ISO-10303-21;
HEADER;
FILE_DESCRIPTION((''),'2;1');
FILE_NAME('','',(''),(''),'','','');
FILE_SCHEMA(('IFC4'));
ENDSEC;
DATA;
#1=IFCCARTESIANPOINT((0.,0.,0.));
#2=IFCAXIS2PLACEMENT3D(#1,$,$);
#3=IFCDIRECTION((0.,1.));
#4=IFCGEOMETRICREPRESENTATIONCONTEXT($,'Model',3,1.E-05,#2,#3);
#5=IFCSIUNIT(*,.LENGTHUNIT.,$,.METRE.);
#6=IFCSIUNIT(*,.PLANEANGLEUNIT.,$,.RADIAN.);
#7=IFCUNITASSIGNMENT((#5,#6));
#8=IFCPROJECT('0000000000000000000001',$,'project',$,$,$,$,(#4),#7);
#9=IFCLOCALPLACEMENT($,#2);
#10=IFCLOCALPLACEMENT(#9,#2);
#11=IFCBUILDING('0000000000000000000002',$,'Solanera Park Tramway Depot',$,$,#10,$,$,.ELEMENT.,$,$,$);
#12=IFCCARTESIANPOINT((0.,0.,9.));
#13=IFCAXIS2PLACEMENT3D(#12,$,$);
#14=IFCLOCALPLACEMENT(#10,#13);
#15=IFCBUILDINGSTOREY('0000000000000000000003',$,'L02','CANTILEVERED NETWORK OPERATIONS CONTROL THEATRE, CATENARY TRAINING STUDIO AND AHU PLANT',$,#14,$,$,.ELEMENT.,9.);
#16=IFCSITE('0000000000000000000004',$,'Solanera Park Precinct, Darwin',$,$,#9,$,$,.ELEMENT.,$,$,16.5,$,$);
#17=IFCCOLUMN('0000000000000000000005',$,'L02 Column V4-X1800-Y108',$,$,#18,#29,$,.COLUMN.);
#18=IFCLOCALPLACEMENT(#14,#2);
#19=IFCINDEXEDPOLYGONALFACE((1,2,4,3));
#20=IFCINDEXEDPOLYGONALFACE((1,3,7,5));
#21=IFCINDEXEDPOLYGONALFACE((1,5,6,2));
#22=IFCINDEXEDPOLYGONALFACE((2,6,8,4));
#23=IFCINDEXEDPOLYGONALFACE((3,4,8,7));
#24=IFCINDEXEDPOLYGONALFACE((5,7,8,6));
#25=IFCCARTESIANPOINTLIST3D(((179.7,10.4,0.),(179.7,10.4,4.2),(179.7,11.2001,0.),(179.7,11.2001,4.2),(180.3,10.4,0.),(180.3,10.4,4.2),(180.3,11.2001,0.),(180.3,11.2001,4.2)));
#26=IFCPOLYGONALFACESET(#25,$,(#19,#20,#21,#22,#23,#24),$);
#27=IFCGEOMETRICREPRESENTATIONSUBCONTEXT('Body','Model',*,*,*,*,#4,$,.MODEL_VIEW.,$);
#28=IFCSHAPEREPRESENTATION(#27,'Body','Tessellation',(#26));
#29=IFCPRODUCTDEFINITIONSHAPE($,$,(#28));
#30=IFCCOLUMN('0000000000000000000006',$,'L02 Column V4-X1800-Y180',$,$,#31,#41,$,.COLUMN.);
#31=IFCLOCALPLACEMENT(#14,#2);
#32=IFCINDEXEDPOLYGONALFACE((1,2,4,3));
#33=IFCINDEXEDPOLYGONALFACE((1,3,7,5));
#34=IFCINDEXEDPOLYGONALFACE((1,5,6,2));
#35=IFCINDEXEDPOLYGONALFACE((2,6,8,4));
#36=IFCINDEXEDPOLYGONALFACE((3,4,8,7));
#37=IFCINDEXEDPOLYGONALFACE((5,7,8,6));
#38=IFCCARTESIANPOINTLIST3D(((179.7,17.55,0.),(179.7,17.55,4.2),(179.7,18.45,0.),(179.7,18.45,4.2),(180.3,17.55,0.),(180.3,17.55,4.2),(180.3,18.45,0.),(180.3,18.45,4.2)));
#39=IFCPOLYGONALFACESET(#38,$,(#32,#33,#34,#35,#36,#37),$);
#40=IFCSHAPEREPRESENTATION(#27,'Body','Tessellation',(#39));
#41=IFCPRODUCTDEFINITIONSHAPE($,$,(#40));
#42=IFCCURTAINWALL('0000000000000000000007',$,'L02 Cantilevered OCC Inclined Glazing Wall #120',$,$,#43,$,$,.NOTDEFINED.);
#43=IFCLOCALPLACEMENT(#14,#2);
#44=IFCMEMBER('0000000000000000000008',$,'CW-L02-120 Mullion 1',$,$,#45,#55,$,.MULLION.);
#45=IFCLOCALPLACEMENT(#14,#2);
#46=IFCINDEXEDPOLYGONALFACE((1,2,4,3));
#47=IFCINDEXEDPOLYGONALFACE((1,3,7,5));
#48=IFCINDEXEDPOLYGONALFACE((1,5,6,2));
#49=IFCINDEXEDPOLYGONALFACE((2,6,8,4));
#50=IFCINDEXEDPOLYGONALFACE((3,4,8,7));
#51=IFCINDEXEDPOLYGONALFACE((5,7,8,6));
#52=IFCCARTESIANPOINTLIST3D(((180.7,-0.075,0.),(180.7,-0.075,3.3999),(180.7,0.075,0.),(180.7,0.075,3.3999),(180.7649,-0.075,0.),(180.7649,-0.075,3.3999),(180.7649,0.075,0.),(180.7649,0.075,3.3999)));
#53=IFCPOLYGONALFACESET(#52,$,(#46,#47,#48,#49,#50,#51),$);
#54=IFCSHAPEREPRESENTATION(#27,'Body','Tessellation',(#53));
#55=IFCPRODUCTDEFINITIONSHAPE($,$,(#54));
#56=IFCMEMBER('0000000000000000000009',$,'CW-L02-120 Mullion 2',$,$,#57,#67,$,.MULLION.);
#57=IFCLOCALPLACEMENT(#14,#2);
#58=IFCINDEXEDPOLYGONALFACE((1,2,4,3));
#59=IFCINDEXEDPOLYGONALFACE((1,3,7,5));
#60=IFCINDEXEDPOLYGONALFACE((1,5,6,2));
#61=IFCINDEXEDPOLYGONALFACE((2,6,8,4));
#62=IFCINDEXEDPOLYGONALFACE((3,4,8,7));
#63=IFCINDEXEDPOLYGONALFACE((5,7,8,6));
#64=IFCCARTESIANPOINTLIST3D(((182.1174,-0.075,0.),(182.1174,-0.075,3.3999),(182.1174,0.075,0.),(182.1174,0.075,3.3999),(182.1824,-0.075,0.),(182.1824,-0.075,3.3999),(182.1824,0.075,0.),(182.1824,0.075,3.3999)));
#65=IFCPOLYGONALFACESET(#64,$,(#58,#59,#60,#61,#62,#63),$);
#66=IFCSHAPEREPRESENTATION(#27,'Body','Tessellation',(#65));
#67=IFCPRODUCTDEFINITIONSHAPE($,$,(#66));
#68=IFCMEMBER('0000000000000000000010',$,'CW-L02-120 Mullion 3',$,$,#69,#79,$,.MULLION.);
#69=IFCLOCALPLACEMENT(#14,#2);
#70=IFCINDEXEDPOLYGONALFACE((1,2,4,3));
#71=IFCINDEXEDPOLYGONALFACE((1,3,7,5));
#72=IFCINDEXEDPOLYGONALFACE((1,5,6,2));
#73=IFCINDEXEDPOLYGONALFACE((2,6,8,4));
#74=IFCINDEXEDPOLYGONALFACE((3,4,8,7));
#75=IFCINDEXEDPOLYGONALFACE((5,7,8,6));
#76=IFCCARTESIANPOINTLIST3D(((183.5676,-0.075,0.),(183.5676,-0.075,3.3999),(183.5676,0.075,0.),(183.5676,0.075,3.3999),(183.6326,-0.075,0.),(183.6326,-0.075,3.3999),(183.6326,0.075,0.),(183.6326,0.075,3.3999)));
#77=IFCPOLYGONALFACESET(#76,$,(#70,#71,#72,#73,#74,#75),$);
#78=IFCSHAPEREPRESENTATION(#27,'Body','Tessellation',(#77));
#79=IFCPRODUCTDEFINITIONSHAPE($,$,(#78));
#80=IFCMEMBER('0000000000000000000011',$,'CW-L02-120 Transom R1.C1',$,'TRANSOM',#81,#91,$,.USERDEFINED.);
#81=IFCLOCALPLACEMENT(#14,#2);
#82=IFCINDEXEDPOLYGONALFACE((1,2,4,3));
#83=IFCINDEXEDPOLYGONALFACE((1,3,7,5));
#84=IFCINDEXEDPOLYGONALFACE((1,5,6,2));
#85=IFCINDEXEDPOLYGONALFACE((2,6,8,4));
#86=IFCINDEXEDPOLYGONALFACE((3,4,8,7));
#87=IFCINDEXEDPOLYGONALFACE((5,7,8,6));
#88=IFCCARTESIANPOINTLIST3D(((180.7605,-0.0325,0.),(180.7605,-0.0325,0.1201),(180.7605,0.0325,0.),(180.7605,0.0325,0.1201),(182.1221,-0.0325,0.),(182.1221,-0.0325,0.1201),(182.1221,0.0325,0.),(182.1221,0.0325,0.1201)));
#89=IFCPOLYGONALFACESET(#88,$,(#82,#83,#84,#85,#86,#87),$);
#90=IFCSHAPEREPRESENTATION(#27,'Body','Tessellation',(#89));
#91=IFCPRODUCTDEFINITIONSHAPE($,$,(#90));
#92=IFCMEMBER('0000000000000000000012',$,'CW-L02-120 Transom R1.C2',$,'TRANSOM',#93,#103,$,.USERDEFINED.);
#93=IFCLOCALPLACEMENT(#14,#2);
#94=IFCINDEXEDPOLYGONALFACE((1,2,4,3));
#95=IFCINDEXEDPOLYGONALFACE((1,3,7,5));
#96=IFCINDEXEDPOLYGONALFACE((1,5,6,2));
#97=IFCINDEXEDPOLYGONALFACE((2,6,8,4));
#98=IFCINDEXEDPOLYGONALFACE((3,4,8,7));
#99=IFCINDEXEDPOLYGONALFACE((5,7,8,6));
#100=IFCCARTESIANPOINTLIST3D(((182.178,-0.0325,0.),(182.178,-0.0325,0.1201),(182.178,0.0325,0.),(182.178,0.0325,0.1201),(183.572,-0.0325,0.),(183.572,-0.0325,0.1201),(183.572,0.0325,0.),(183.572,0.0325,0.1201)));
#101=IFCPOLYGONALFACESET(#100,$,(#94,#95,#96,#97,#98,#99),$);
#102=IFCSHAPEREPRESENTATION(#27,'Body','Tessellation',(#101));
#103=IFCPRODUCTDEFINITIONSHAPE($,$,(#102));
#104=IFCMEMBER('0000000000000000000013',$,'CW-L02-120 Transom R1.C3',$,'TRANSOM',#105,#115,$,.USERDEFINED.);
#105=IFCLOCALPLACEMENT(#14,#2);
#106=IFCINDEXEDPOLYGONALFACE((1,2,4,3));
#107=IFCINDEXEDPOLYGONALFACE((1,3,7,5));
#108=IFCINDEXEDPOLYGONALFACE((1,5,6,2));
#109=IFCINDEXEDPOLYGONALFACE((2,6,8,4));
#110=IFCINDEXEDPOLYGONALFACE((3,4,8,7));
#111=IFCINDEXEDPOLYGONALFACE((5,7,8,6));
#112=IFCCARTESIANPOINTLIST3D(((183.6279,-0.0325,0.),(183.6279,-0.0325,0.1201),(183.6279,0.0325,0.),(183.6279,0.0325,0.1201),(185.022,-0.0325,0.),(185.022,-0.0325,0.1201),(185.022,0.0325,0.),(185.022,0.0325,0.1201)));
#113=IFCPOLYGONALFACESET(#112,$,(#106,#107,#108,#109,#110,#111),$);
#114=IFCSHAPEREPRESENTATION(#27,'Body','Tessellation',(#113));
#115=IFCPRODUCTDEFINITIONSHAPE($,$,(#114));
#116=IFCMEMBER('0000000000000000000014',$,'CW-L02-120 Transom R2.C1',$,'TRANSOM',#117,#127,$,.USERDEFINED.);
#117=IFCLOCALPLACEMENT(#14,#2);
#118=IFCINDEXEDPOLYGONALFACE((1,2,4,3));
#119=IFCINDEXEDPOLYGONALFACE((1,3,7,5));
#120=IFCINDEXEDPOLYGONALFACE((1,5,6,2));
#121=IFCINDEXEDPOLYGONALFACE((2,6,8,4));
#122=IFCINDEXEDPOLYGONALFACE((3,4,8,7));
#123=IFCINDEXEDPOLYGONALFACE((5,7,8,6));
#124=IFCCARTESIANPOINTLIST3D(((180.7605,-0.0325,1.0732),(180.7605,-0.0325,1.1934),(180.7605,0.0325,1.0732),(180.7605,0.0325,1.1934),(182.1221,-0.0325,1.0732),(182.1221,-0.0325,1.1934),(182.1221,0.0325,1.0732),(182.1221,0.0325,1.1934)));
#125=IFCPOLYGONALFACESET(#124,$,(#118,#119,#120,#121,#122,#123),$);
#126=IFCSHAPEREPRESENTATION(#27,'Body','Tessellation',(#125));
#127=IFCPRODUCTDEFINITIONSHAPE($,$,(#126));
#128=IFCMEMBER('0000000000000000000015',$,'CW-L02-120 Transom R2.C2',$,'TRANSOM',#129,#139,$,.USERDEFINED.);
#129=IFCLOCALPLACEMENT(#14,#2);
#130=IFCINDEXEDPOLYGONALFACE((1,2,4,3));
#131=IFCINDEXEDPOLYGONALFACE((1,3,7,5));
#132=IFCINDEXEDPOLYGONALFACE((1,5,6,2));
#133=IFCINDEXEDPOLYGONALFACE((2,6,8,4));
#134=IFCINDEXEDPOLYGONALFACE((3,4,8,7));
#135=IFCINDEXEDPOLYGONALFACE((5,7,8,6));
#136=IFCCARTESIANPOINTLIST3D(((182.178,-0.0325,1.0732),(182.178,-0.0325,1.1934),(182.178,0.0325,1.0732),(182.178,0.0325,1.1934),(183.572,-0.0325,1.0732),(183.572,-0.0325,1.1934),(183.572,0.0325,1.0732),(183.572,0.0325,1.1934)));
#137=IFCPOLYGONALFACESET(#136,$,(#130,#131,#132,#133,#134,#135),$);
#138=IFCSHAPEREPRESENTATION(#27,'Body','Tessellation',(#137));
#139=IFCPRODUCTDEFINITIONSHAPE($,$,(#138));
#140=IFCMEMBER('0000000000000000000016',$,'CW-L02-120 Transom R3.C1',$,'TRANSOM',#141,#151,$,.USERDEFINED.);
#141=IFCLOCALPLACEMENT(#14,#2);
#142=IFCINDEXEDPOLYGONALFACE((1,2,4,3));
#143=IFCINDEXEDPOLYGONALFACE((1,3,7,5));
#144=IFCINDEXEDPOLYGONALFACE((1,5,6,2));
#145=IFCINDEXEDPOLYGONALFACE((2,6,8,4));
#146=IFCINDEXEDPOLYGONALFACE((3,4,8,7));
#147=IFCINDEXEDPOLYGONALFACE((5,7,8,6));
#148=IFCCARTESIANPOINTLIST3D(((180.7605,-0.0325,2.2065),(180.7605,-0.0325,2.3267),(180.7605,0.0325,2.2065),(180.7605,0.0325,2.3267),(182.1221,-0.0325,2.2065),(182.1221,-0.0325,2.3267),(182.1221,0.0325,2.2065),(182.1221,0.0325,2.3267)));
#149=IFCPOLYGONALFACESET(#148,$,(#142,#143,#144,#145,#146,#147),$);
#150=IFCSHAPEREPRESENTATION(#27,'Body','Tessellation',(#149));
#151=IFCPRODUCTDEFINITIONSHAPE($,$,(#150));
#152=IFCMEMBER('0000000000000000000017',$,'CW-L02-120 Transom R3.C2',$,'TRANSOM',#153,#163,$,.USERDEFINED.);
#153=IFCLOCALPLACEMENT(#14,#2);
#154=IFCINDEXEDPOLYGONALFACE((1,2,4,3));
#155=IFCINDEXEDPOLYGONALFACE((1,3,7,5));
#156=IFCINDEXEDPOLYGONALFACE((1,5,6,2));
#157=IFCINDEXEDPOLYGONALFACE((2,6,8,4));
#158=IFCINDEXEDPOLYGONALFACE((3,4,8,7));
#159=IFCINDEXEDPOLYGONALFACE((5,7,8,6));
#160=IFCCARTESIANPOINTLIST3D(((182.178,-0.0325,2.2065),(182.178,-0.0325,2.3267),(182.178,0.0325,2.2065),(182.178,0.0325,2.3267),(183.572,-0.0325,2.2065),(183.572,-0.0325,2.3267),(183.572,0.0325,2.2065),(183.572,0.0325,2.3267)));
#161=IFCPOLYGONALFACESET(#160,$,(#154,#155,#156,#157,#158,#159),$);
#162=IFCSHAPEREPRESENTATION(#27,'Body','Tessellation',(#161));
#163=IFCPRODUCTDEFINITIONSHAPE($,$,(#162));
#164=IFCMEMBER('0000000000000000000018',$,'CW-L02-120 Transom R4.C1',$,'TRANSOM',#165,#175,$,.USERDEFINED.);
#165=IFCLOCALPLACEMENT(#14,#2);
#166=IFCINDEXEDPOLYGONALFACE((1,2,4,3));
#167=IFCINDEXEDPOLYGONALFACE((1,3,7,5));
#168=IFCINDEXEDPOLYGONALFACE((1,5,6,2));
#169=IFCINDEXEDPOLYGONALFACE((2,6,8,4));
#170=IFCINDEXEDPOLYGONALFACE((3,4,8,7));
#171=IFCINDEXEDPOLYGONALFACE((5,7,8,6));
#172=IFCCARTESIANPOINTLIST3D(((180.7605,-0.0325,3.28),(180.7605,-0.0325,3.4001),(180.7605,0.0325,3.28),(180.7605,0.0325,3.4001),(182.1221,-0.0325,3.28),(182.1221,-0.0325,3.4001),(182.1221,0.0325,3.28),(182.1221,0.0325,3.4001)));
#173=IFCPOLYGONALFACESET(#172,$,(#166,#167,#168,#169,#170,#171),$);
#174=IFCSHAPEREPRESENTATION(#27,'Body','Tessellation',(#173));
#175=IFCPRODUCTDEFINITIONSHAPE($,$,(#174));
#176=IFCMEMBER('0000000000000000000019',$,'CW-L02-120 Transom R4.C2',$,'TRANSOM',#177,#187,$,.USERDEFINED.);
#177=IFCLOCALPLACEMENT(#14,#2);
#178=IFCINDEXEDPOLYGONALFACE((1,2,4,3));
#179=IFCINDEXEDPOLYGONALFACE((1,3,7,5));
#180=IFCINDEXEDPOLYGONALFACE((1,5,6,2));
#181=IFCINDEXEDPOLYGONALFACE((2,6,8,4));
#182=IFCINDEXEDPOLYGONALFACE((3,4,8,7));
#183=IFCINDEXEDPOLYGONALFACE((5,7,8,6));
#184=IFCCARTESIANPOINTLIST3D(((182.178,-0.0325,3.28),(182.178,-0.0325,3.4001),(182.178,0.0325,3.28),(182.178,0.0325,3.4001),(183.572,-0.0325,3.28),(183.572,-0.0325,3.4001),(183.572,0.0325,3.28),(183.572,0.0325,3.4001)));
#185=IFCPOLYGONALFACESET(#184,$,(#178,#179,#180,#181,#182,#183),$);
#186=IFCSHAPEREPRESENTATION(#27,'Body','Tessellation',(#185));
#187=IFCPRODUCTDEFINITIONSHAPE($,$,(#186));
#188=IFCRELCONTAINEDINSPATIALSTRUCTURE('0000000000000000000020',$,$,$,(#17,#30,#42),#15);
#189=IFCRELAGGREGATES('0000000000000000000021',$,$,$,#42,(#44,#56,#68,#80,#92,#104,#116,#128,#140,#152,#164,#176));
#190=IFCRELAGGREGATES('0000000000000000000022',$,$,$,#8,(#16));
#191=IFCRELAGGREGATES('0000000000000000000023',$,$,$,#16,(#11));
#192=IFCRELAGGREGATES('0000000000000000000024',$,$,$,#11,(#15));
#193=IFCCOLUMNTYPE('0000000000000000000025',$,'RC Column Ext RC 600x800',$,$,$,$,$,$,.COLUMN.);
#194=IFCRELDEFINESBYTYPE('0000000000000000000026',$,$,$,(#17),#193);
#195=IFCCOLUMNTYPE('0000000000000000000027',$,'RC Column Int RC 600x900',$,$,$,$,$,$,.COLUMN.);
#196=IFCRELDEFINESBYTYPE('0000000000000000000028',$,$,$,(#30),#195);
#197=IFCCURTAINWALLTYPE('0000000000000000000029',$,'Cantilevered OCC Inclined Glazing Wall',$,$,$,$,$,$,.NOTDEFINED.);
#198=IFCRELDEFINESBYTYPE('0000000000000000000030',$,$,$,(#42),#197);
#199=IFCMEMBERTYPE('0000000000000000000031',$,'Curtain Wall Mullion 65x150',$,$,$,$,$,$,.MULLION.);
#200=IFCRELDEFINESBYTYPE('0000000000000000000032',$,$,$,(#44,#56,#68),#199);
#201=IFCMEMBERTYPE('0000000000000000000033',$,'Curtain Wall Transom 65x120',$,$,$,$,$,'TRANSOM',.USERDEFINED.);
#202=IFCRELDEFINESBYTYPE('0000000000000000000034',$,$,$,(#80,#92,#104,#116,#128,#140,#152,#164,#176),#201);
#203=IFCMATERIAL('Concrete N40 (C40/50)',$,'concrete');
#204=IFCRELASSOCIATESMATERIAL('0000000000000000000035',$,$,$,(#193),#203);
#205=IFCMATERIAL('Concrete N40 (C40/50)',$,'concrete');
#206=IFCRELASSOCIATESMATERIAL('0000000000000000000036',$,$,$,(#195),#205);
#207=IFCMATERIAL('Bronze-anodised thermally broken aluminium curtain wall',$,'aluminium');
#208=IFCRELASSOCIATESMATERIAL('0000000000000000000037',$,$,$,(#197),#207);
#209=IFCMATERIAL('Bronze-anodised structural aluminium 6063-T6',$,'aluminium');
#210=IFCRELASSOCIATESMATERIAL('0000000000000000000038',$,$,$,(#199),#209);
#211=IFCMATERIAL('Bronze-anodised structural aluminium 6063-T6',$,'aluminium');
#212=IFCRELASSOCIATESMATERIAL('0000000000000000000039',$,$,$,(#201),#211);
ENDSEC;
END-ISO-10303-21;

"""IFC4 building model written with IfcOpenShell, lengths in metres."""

from ifc_helpers import new_model, si_unit, direction, frame, origin, origin_2d, place, context, subcontext, project, spatial, rectangle, extrude, material, material_profile, profile_set, type_object, element, aggregate, save


model = new_model("IFC4")

# Units and contexts
model_context = context("Model", 3, precision=1e-05, world=origin(), true_north=direction((0.0, 1.0)))
body_context = subcontext(model_context, "Body", "Model", "MODEL_VIEW")
ifc_project = project(units=[si_unit("LENGTHUNIT", "METRE"), si_unit("PLANEANGLEUNIT", "RADIAN")], contexts=[model_context])

# Site, building, storey
site_placement = place(None, origin())
site = spatial("IfcSite", under=ifc_project, at=site_placement, Name="Solanera Park Precinct, Darwin", CompositionType="ELEMENT", RefElevation=16.5)
building_placement = place(site_placement, origin())
building = spatial("IfcBuilding", under=site, at=building_placement, Name="Solanera Park Tramway Depot", CompositionType="ELEMENT")
storey_placement = place(building_placement, frame((0.0, 0.0, 9.0)))
storey = spatial("IfcBuildingStorey", under=building, at=storey_placement, Name="L02", Description="CANTILEVERED NETWORK OPERATIONS CONTROL THEATRE, CATENARY TRAINING STUDIO AND AHU PLANT", CompositionType="ELEMENT", Elevation=9.0)

# Columns
ifc_material_1 = material(Name="Concrete N40 (C40/50)", Category="concrete")
ifc_material_profile_1 = material_profile(ifc_material_1, rectangle(XDim=0.6001, YDim=0.8, at=origin_2d()), Name="RC 600x800")
ifc_profile_set_1 = profile_set([ifc_material_profile_1], Name="Concrete N40 (C40/50)")
column_type_1 = type_object("IfcColumnType", Name="RC Column Ext RC 600x800", PredefinedType="COLUMN", material=ifc_profile_set_1)
column_1_placement = place(storey_placement, frame((180.0, 10.8, 0.0), z_axis=(0.0, 0.0, 1.0), x_axis=(1.0, 0.0, 0.0)))
element("IfcColumn", 1, at=column_1_placement, inside=storey, type_object=column_type_1, Name="L02 Column V4-X1800-Y108", PredefinedType="COLUMN", context=body_context, shape_type="SweptSolid", body=[
    extrude(rectangle(XDim=0.6001, YDim=0.8, at=origin_2d()), origin(), (0.0, 0.0, 1.0), 4.2),
])
ifc_material_2 = material(Name="Concrete N40 (C40/50)", Category="concrete")
ifc_material_profile_2 = material_profile(ifc_material_2, rectangle(XDim=0.6001, YDim=0.8999, at=origin_2d()), Name="RC 600x900")
ifc_profile_set_2 = profile_set([ifc_material_profile_2], Name="Concrete N40 (C40/50)")
column_type_2 = type_object("IfcColumnType", Name="RC Column Int RC 600x900", PredefinedType="COLUMN", material=ifc_profile_set_2)
column_2_placement = place(storey_placement, frame((180.0, 18.0, 0.0), z_axis=(0.0, 0.0, 1.0), x_axis=(1.0, 0.0, 0.0)))
element("IfcColumn", 2, at=column_2_placement, inside=storey, type_object=column_type_2, Name="L02 Column V4-X1800-Y180", PredefinedType="COLUMN", context=body_context, shape_type="SweptSolid", body=[
    extrude(rectangle(XDim=0.6001, YDim=0.8999, at=origin_2d()), origin(), (0.0, 0.0, 1.0), 4.2),
])

# Curtain wall, members
ifc_material_3 = material(Name="Bronze-anodised thermally broken aluminium curtain wall", Category="aluminium")
curtain_wall_type = type_object("IfcCurtainWallType", Name="Cantilevered OCC Inclined Glazing Wall", PredefinedType="NOTDEFINED", material=ifc_material_3)
curtain_wall_placement = place(storey_placement, origin())
curtain_wall = element("IfcCurtainWall", 3, at=curtain_wall_placement, inside=storey, type_object=curtain_wall_type, Name="L02 Cantilevered OCC Inclined Glazing Wall #120", PredefinedType="NOTDEFINED")
ifc_material_4 = material(Name="Bronze-anodised structural aluminium 6063-T6", Category="aluminium")
ifc_material_profile_3 = material_profile(ifc_material_4, rectangle(XDim=0.0649, YDim=0.1499, at=origin_2d()), Name="Curtain Wall Mullion 65x150")
ifc_profile_set_3 = profile_set([ifc_material_profile_3], Name="Bronze-anodised structural aluminium 6063-T6")
member_type_1 = type_object("IfcMemberType", Name="Curtain Wall Mullion 65x150", PredefinedType="MULLION", material=ifc_profile_set_3)
member_1_placement = place(storey_placement, frame((180.7324, 0.0, 0.0), z_axis=(0.0, 0.0, 1.0), x_axis=(1.0, 0.0, 0.0)))
member_1 = element("IfcMember", 4, at=member_1_placement, type_object=member_type_1, Name="CW-L02-120 Mullion 1", PredefinedType="MULLION", context=body_context, shape_type="SweptSolid", body=[
    extrude(rectangle(XDim=0.0649, YDim=0.1499, at=origin_2d()), origin(), (0.0, 0.0, 1.0), 3.3999),
])
member_2_placement = place(storey_placement, frame((182.1499, 0.0, 0.0), z_axis=(0.0, 0.0, 1.0), x_axis=(1.0, 0.0, 0.0)))
member_2 = element("IfcMember", 5, at=member_2_placement, type_object=member_type_1, Name="CW-L02-120 Mullion 2", PredefinedType="MULLION", context=body_context, shape_type="SweptSolid", body=[
    extrude(rectangle(XDim=0.0649, YDim=0.1499, at=origin_2d()), origin(), (0.0, 0.0, 1.0), 3.3999),
])
member_3_placement = place(storey_placement, frame((183.6001, 0.0, 0.0), z_axis=(0.0, 0.0, 1.0), x_axis=(1.0, 0.0, 0.0)))
member_3 = element("IfcMember", 6, at=member_3_placement, type_object=member_type_1, Name="CW-L02-120 Mullion 3", PredefinedType="MULLION", context=body_context, shape_type="SweptSolid", body=[
    extrude(rectangle(XDim=0.0649, YDim=0.1499, at=origin_2d()), origin(), (0.0, 0.0, 1.0), 3.3999),
])
ifc_material_5 = material(Name="Bronze-anodised structural aluminium 6063-T6", Category="aluminium")
ifc_material_profile_4 = material_profile(ifc_material_5, rectangle(XDim=0.0649, YDim=0.1201, at=origin_2d()), Name="Curtain Wall Transom 65x120")
ifc_profile_set_4 = profile_set([ifc_material_profile_4], Name="Bronze-anodised structural aluminium 6063-T6")
member_type_2 = type_object("IfcMemberType", Name="Curtain Wall Transom 65x120", ElementType="TRANSOM", PredefinedType="USERDEFINED", material=ifc_profile_set_4)
member_4_placement = place(storey_placement, frame((180.7605, 0.0, 0.0601), z_axis=(1.0, 0.0, 0.0), x_axis=(0.0, 1.0, 0.0)))
member_4 = element("IfcMember", 7, at=member_4_placement, type_object=member_type_2, Name="CW-L02-120 Transom R1.C1", ObjectType="TRANSOM", PredefinedType="USERDEFINED", context=body_context, shape_type="SweptSolid", body=[
    extrude(rectangle(XDim=0.0649, YDim=0.1201, at=origin_2d()), origin(), (0.0, 0.0, 1.0), 1.3616),
])
member_5_placement = place(storey_placement, frame((182.178, 0.0, 0.0601), z_axis=(1.0, 0.0, 0.0), x_axis=(0.0, 1.0, 0.0)))
member_5 = element("IfcMember", 8, at=member_5_placement, type_object=member_type_2, Name="CW-L02-120 Transom R1.C2", ObjectType="TRANSOM", PredefinedType="USERDEFINED", context=body_context, shape_type="SweptSolid", body=[
    extrude(rectangle(XDim=0.0649, YDim=0.1201, at=origin_2d()), origin(), (0.0, 0.0, 1.0), 1.394),
])
member_6_placement = place(storey_placement, frame((183.6279, 0.0, 0.0601), z_axis=(1.0, 0.0, 0.0), x_axis=(0.0, 1.0, 0.0)))
member_6 = element("IfcMember", 9, at=member_6_placement, type_object=member_type_2, Name="CW-L02-120 Transom R1.C3", ObjectType="TRANSOM", PredefinedType="USERDEFINED", context=body_context, shape_type="SweptSolid", body=[
    extrude(rectangle(XDim=0.0649, YDim=0.1201, at=origin_2d()), origin(), (0.0, 0.0, 1.0), 1.394),
])
member_7_placement = place(storey_placement, frame((180.7605, 0.0, 1.1333), z_axis=(1.0, 0.0, 0.0), x_axis=(0.0, 1.0, 0.0)))
member_7 = element("IfcMember", 10, at=member_7_placement, type_object=member_type_2, Name="CW-L02-120 Transom R2.C1", ObjectType="TRANSOM", PredefinedType="USERDEFINED", context=body_context, shape_type="SweptSolid", body=[
    extrude(rectangle(XDim=0.0649, YDim=0.1201, at=origin_2d()), origin(), (0.0, 0.0, 1.0), 1.3616),
])
member_8_placement = place(storey_placement, frame((182.178, 0.0, 1.1333), z_axis=(1.0, 0.0, 0.0), x_axis=(0.0, 1.0, 0.0)))
member_8 = element("IfcMember", 11, at=member_8_placement, type_object=member_type_2, Name="CW-L02-120 Transom R2.C2", ObjectType="TRANSOM", PredefinedType="USERDEFINED", context=body_context, shape_type="SweptSolid", body=[
    extrude(rectangle(XDim=0.0649, YDim=0.1201, at=origin_2d()), origin(), (0.0, 0.0, 1.0), 1.394),
])
member_9_placement = place(storey_placement, frame((180.7605, 0.0, 2.2666), z_axis=(1.0, 0.0, 0.0), x_axis=(0.0, 1.0, 0.0)))
member_9 = element("IfcMember", 12, at=member_9_placement, type_object=member_type_2, Name="CW-L02-120 Transom R3.C1", ObjectType="TRANSOM", PredefinedType="USERDEFINED", context=body_context, shape_type="SweptSolid", body=[
    extrude(rectangle(XDim=0.0649, YDim=0.1201, at=origin_2d()), origin(), (0.0, 0.0, 1.0), 1.3616),
])
member_10_placement = place(storey_placement, frame((182.178, 0.0, 2.2666), z_axis=(1.0, 0.0, 0.0), x_axis=(0.0, 1.0, 0.0)))
member_10 = element("IfcMember", 13, at=member_10_placement, type_object=member_type_2, Name="CW-L02-120 Transom R3.C2", ObjectType="TRANSOM", PredefinedType="USERDEFINED", context=body_context, shape_type="SweptSolid", body=[
    extrude(rectangle(XDim=0.0649, YDim=0.1201, at=origin_2d()), origin(), (0.0, 0.0, 1.0), 1.394),
])
member_11_placement = place(storey_placement, frame((180.7605, 0.0, 3.3401), z_axis=(1.0, 0.0, 0.0), x_axis=(0.0, 1.0, 0.0)))
member_11 = element("IfcMember", 14, at=member_11_placement, type_object=member_type_2, Name="CW-L02-120 Transom R4.C1", ObjectType="TRANSOM", PredefinedType="USERDEFINED", context=body_context, shape_type="SweptSolid", body=[
    extrude(rectangle(XDim=0.0649, YDim=0.1201, at=origin_2d()), origin(), (0.0, 0.0, 1.0), 1.3616),
])
member_12_placement = place(storey_placement, frame((182.178, 0.0, 3.3401), z_axis=(1.0, 0.0, 0.0), x_axis=(0.0, 1.0, 0.0)))
member_12 = element("IfcMember", 15, at=member_12_placement, type_object=member_type_2, Name="CW-L02-120 Transom R4.C2", ObjectType="TRANSOM", PredefinedType="USERDEFINED", context=body_context, shape_type="SweptSolid", body=[
    extrude(rectangle(XDim=0.0649, YDim=0.1201, at=origin_2d()), origin(), (0.0, 0.0, 1.0), 1.394),
])

aggregate(curtain_wall, [member_1, member_2, member_3, member_4, member_5, member_6, member_7, member_8, member_9, member_10, member_11, member_12])

save(model, "model.ifc")
